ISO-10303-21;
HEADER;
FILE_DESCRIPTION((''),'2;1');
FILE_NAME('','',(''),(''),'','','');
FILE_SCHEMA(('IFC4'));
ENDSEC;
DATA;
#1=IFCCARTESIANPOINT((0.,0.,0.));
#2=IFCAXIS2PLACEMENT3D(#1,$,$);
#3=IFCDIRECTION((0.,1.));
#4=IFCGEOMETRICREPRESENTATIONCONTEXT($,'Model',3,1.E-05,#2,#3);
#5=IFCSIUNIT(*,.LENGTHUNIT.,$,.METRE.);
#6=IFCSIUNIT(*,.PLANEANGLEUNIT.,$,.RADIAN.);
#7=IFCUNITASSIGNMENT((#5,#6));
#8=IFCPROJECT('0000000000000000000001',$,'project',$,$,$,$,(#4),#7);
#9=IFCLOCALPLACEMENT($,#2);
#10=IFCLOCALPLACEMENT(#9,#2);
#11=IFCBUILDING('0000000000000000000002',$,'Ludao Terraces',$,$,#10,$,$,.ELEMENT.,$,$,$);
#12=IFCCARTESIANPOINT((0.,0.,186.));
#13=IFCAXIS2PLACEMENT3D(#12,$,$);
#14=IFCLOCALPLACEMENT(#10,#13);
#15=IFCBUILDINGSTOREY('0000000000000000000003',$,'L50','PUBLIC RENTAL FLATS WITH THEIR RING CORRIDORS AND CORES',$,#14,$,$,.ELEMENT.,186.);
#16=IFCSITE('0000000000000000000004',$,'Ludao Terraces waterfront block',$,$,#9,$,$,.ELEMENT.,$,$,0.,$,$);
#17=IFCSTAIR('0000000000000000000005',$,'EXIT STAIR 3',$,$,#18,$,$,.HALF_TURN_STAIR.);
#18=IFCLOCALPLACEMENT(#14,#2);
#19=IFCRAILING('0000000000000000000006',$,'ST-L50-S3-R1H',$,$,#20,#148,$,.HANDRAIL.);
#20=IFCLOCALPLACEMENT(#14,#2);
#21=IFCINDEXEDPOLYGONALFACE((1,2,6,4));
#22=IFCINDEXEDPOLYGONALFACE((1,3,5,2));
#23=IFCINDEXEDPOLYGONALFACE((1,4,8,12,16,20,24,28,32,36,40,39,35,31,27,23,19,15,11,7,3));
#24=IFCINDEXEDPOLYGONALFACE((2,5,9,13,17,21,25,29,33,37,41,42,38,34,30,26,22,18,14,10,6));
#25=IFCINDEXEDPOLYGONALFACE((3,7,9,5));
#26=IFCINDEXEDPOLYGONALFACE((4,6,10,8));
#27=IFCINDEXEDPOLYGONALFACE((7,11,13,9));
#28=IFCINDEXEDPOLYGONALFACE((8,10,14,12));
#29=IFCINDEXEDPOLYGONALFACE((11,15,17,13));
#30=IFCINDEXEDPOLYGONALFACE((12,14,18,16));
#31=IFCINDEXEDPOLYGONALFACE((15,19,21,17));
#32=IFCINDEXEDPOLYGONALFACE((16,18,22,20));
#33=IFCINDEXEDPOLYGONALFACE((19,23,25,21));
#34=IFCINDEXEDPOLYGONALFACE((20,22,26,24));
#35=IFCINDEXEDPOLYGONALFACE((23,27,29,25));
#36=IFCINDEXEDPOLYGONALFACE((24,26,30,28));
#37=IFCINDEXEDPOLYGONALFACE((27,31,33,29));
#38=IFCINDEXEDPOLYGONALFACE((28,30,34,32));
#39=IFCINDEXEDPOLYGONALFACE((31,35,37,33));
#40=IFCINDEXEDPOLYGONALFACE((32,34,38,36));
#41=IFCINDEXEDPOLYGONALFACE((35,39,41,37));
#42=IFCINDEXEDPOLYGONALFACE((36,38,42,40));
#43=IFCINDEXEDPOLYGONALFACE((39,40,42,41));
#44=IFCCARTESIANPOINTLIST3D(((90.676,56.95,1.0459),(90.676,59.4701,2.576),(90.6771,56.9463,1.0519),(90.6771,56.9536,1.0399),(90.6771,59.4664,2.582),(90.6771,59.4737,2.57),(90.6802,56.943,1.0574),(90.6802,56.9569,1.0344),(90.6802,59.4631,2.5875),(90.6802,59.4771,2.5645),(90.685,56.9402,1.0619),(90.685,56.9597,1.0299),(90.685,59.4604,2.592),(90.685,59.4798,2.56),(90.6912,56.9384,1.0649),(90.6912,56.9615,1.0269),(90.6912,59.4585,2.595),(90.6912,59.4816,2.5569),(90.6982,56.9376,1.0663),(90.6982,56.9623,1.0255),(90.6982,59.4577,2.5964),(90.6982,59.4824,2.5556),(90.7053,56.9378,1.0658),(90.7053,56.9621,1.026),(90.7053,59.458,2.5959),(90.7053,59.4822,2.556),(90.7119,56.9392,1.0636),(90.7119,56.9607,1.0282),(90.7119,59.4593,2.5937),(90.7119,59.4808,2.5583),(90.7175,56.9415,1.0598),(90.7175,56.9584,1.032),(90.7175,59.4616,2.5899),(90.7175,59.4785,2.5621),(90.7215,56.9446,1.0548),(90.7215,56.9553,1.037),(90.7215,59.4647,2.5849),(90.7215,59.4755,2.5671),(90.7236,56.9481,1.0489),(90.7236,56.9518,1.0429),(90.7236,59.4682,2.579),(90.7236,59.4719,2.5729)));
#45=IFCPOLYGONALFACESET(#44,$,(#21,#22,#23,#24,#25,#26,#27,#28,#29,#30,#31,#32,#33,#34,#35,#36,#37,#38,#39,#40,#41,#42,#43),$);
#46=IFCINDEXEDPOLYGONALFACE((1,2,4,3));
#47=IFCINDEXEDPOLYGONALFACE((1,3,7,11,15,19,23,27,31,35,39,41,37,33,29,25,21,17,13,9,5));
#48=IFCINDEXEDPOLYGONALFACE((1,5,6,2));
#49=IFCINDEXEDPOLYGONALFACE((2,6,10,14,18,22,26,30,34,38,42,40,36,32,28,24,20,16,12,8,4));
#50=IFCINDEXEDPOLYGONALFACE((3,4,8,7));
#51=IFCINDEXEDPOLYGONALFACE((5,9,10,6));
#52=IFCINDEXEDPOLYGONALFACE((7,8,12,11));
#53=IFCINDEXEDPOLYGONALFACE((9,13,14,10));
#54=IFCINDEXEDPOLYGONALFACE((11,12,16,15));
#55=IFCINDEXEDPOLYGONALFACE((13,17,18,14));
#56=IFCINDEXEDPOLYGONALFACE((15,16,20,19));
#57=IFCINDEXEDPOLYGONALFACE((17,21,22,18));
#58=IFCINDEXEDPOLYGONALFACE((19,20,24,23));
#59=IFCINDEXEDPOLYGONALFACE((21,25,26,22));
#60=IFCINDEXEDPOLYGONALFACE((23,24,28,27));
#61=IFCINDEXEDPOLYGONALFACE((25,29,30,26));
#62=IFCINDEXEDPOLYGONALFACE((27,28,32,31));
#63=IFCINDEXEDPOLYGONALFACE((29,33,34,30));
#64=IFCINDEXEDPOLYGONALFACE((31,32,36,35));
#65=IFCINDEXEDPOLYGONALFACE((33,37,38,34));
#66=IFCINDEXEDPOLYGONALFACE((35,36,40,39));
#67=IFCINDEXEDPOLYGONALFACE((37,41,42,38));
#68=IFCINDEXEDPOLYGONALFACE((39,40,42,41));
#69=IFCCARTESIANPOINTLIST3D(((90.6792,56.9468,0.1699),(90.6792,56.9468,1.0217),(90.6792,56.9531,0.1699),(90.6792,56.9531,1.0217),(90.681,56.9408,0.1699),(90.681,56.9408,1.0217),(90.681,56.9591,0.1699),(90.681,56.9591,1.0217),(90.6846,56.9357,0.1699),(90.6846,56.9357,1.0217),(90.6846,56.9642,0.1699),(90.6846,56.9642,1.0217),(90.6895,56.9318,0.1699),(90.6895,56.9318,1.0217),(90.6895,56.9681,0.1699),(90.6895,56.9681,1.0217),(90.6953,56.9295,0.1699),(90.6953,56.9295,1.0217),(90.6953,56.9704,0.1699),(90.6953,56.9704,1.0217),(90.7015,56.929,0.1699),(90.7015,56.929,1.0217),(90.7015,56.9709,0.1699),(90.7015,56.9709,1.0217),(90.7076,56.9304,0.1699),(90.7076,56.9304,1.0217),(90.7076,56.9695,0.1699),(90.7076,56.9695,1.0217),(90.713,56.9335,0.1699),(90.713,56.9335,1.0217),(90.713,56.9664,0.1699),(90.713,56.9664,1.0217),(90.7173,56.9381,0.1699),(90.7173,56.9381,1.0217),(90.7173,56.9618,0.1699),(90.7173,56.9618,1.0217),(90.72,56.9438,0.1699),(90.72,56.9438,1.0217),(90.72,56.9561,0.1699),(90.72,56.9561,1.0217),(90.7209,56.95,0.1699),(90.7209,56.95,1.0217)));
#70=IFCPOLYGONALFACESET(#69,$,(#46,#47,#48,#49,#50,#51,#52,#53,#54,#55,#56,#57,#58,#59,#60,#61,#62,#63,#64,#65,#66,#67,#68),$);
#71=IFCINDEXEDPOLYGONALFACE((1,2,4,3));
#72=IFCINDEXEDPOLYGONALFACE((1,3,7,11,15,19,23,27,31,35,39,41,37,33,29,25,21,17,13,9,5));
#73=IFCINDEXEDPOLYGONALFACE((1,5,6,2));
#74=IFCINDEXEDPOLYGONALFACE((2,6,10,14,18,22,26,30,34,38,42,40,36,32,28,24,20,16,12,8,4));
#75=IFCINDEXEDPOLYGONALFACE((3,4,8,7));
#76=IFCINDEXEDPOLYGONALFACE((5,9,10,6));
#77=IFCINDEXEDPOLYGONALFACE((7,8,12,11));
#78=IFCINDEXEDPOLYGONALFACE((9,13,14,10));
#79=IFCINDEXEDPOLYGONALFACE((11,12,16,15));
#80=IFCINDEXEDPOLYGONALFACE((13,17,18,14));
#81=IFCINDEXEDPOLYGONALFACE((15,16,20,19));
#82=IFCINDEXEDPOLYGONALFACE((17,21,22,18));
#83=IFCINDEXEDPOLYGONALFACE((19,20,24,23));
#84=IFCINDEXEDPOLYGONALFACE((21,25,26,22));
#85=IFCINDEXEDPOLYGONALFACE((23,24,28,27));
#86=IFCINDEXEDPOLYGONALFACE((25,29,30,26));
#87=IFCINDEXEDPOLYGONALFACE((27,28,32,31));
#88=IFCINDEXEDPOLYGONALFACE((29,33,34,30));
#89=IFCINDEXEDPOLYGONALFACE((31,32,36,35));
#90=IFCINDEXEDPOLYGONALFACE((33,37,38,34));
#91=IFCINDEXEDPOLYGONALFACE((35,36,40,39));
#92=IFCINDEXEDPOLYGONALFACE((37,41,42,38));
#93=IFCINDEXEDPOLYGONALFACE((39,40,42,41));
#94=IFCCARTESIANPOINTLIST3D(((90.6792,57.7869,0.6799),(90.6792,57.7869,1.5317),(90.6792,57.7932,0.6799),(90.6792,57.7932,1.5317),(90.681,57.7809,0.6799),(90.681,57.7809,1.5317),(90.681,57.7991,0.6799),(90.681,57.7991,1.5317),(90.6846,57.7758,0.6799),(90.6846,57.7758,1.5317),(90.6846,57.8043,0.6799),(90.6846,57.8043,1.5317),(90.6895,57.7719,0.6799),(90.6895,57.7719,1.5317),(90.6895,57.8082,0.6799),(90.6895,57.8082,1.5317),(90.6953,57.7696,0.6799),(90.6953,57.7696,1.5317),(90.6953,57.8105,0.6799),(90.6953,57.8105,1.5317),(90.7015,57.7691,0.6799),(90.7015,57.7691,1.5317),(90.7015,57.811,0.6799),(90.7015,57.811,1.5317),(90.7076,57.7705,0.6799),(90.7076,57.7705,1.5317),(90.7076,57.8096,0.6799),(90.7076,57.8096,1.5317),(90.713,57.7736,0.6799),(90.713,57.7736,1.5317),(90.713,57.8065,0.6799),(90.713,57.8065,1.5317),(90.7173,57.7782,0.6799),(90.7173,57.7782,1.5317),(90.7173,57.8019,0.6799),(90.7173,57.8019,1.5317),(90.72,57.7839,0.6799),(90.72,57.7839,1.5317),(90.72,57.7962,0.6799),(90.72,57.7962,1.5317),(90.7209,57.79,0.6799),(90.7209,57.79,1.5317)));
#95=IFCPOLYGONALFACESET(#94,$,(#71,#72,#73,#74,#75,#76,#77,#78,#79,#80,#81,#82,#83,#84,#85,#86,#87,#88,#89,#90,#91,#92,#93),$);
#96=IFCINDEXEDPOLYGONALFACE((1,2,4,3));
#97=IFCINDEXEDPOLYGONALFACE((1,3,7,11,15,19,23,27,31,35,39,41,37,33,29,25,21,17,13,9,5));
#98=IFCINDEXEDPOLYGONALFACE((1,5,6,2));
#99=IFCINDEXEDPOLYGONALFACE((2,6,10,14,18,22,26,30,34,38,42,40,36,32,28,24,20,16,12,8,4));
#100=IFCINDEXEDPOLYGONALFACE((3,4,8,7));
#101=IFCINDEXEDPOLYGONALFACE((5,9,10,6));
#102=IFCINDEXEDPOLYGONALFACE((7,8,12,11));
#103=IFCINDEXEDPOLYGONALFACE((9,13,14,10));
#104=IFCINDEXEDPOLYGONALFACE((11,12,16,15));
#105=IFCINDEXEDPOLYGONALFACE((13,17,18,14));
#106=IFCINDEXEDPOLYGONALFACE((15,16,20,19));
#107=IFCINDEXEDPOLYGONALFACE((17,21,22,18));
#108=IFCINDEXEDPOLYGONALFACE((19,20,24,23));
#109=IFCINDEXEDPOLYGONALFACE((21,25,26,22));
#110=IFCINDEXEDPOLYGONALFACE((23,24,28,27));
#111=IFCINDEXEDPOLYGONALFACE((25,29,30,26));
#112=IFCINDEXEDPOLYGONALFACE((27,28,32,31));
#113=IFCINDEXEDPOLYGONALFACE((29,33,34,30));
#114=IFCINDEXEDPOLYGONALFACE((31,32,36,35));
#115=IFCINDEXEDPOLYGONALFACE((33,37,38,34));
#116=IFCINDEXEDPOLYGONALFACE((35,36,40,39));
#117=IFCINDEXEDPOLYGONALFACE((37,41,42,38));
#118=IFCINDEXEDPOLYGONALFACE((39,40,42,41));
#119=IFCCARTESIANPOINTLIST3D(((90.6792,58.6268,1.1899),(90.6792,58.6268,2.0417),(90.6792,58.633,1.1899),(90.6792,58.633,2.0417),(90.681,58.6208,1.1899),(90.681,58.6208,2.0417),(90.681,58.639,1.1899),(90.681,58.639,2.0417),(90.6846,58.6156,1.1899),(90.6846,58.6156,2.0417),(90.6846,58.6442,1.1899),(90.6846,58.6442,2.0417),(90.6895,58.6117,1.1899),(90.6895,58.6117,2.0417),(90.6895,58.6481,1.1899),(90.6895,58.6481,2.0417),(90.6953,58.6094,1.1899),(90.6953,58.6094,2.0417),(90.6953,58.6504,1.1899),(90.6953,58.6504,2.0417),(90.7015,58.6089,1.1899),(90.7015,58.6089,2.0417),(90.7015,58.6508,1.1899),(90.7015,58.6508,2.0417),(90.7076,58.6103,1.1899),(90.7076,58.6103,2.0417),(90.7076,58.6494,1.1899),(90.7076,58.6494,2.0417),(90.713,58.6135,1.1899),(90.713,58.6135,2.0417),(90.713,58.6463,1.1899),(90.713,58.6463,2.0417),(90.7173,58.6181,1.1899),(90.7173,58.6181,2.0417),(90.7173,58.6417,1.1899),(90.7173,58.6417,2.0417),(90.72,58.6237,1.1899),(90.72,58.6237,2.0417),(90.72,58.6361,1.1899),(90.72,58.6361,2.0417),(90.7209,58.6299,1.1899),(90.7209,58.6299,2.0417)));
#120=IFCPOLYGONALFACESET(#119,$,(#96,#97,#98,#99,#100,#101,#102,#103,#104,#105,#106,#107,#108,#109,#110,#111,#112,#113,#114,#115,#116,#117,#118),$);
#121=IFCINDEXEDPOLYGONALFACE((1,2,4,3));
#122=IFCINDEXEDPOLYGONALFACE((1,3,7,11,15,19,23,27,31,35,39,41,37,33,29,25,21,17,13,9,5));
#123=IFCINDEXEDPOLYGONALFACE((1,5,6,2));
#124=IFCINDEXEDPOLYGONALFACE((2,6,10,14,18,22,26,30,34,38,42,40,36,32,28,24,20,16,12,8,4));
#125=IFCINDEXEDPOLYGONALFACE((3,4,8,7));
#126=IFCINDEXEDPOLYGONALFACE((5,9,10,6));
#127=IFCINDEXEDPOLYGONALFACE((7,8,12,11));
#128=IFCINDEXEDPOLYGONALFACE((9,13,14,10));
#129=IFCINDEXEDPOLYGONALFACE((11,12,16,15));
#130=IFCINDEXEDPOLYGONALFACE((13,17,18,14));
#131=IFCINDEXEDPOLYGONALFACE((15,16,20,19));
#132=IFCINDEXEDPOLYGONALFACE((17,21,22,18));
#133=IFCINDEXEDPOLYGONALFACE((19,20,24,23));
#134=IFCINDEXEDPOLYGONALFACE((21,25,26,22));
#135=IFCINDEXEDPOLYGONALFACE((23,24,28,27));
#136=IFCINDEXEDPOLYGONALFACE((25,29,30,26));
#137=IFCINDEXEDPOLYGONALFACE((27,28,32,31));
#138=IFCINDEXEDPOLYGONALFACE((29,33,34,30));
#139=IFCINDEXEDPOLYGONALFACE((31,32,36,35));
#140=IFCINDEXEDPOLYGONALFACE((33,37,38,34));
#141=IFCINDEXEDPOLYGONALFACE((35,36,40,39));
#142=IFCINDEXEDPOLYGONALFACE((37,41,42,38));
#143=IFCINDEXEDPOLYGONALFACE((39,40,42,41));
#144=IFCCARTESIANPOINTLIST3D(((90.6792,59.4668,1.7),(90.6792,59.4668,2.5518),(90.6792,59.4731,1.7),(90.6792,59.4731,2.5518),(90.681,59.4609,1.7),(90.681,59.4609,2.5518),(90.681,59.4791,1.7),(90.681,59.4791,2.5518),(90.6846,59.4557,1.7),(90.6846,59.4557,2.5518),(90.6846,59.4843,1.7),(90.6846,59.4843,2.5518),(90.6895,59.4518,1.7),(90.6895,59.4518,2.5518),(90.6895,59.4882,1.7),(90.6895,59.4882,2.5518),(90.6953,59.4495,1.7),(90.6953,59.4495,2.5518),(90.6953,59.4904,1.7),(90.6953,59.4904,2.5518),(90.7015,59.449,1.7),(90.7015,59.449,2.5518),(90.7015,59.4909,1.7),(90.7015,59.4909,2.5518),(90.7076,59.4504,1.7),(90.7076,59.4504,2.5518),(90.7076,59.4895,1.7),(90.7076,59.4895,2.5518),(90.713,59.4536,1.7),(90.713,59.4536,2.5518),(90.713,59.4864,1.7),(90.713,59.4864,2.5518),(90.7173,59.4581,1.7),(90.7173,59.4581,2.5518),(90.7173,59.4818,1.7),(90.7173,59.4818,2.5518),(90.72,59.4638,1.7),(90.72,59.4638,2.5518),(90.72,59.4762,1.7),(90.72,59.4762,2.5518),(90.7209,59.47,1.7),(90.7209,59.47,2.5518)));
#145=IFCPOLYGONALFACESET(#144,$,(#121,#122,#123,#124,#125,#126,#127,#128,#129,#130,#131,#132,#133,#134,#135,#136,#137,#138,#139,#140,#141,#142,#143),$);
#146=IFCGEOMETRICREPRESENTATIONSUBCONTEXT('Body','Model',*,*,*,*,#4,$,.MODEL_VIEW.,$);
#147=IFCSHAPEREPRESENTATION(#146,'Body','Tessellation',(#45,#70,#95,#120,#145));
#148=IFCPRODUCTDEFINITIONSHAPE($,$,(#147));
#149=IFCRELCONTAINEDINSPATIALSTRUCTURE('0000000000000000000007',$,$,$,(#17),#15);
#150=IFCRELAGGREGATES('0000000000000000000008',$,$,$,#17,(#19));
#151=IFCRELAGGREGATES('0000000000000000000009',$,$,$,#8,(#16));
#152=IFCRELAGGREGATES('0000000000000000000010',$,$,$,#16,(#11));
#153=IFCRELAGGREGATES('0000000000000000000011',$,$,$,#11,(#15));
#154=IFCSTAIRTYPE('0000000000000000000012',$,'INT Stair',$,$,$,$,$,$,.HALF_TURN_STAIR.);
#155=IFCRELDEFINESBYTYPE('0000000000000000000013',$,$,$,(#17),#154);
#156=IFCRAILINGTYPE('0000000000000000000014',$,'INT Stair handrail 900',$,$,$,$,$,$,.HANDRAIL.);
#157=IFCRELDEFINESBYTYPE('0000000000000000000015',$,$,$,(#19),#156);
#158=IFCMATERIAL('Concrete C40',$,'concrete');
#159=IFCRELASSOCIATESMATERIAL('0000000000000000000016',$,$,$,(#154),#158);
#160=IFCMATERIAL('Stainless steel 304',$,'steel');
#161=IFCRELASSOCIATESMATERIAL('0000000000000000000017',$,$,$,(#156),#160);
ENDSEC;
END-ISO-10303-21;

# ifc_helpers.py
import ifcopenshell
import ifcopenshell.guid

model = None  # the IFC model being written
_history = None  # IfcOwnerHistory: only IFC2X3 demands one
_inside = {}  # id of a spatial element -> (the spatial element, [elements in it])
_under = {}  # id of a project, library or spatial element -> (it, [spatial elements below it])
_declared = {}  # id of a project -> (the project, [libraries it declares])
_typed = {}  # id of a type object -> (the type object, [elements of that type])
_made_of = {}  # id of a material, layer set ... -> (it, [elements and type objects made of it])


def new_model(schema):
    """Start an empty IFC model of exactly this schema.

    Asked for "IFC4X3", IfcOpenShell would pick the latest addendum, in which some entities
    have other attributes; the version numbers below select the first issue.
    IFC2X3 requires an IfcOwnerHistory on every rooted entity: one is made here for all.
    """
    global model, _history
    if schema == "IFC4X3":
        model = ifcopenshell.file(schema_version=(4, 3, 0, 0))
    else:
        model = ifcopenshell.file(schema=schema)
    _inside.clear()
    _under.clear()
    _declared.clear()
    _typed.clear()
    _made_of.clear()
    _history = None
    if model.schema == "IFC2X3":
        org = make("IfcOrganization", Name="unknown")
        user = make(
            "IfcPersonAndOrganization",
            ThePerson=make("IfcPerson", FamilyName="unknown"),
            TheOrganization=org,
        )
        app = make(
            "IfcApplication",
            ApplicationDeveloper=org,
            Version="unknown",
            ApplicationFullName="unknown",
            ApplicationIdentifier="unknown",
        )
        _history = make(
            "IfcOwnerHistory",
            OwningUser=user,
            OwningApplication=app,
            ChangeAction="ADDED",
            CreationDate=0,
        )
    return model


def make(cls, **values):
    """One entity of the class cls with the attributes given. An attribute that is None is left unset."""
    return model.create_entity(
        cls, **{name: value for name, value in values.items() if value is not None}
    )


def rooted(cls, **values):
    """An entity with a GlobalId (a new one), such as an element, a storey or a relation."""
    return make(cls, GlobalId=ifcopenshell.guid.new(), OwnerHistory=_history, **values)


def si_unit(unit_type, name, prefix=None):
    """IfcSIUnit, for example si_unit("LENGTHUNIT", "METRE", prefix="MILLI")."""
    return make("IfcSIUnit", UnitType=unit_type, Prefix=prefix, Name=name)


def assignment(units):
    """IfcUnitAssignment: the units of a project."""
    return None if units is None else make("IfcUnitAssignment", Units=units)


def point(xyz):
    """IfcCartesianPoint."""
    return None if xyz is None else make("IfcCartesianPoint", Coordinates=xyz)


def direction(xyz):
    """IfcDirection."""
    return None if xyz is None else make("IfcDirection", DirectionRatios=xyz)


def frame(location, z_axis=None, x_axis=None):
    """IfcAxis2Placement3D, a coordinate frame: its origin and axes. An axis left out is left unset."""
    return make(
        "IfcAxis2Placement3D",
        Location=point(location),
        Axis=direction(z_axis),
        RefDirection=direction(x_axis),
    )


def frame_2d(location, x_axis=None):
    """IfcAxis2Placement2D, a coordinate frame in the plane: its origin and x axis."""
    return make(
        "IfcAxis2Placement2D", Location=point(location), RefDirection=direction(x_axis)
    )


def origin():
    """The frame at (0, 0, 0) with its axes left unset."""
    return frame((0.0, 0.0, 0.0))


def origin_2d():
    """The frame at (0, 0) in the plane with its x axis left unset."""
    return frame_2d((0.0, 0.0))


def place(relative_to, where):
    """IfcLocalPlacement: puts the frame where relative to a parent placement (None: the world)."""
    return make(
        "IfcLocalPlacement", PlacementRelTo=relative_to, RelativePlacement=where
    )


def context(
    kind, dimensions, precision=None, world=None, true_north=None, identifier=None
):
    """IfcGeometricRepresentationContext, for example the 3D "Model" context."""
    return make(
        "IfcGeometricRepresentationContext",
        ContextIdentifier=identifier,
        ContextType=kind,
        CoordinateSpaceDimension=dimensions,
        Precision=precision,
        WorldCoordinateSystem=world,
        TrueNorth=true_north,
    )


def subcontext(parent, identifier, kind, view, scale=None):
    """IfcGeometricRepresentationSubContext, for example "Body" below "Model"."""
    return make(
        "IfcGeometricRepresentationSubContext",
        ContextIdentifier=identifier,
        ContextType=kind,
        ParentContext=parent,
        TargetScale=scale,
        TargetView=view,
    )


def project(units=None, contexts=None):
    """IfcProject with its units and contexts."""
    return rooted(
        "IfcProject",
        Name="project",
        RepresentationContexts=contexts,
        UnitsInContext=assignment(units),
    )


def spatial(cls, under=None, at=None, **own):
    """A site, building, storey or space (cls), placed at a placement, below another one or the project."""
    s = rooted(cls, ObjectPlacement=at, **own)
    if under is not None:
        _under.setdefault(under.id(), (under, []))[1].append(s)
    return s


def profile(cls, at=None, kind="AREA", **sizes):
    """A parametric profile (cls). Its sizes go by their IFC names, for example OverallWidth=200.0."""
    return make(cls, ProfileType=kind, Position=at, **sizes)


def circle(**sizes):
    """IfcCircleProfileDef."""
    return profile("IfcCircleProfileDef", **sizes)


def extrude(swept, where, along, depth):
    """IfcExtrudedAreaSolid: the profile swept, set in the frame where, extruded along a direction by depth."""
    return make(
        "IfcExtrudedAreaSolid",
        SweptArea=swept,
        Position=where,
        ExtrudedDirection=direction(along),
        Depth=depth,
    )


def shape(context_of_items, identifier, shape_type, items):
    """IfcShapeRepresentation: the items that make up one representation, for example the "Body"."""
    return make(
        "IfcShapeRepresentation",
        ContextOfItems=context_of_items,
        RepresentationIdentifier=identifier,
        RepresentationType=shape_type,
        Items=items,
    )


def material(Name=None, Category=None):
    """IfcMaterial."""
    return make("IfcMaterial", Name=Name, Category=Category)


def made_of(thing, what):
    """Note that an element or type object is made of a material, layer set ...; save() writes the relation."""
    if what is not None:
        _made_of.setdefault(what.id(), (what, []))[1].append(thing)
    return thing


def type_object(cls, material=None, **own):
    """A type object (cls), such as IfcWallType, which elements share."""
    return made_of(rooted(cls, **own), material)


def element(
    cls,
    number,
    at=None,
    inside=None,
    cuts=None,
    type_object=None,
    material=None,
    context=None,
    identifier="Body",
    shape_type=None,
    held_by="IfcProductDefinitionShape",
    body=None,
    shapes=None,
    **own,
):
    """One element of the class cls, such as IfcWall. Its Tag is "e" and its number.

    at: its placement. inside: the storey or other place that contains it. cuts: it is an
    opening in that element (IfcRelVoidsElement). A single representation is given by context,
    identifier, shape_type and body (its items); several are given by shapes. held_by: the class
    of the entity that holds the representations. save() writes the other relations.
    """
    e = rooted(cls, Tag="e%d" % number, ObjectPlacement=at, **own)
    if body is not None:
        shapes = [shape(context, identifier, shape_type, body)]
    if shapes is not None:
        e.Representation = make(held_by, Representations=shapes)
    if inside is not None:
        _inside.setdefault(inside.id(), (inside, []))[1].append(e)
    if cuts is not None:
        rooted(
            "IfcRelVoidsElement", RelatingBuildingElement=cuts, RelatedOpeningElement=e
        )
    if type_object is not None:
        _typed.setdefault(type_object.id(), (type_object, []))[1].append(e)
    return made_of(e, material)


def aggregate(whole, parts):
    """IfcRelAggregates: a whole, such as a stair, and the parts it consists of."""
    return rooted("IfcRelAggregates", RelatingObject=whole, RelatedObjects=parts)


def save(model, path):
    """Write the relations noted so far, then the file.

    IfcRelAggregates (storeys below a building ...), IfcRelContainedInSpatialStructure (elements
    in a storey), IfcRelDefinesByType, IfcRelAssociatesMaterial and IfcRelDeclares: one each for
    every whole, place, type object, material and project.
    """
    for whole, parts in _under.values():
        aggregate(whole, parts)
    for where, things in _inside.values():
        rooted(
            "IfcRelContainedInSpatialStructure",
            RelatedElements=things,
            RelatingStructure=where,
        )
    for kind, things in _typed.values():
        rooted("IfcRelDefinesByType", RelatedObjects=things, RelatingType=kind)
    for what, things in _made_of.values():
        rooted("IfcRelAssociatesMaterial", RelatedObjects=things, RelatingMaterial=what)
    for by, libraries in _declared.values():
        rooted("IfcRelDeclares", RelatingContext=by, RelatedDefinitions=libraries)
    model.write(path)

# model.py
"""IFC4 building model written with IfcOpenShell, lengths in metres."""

from ifc_helpers import new_model, si_unit, direction, frame, origin, origin_2d, place, context, subcontext, project, spatial, circle, extrude, material, type_object, element, aggregate, save


model = new_model("IFC4")

# Units and contexts
model_context = context("Model", 3, precision=1e-05, world=origin(), true_north=direction((0.0, 1.0)))
body_context = subcontext(model_context, "Body", "Model", "MODEL_VIEW")
ifc_project = project(units=[si_unit("LENGTHUNIT", "METRE"), si_unit("PLANEANGLEUNIT", "RADIAN")], contexts=[model_context])

# Site, building, storey
site_placement = place(None, origin())
site = spatial("IfcSite", under=ifc_project, at=site_placement, Name="Ludao Terraces waterfront block", CompositionType="ELEMENT", RefElevation=0.0)
building_placement = place(site_placement, origin())
building = spatial("IfcBuilding", under=site, at=building_placement, Name="Ludao Terraces", CompositionType="ELEMENT")
storey_placement = place(building_placement, frame((0.0, 0.0, 186.0)))
storey = spatial("IfcBuildingStorey", under=building, at=storey_placement, Name="L50", Description="PUBLIC RENTAL FLATS WITH THEIR RING CORRIDORS AND CORES", CompositionType="ELEMENT", Elevation=186.0)

# Shared definitions
ifc_material_1 = material(Name="Concrete C40", Category="concrete")

# Stair, railing
stair_type = type_object("IfcStairType", Name="INT Stair", PredefinedType="HALF_TURN_STAIR", material=ifc_material_1)
stair_placement = place(storey_placement, origin())
stair = element("IfcStair", 1, at=stair_placement, inside=storey, type_object=stair_type, Name="EXIT STAIR 3", PredefinedType="HALF_TURN_STAIR")
ifc_material_2 = material(Name="Stainless steel 304", Category="steel")
railing_type_1 = type_object("IfcRailingType", Name="INT Stair handrail 900", PredefinedType="HANDRAIL", material=ifc_material_2)
railing_1_placement = place(storey_placement, frame((90.7, 56.95, 0.1699)))
railing_1 = element("IfcRailing", 2, at=railing_1_placement, type_object=railing_type_1, Name="ST-L50-S3-R1H", PredefinedType="HANDRAIL", context=body_context, shape_type="SweptSolid", body=[
    extrude(circle(Radius=0.0239, at=origin_2d()), frame((0.0, 0.0, 0.876), z_axis=(0.0, 0.854785, 0.518982), x_axis=(-1.0, 0.0, 0.0)), (0.0, 0.0, 1.0), 2.9482),
    extrude(circle(Radius=0.021, at=origin_2d()), origin(), (0.0, 0.0, 1.0), 0.8518),
    extrude(circle(Radius=0.021, at=origin_2d()), frame((0.0, 0.8401, 0.51)), (0.0, 0.0, 1.0), 0.8518),
    extrude(circle(Radius=0.021, at=origin_2d()), frame((0.0, 1.6799, 1.02)), (0.0, 0.0, 1.0), 0.8518),
    extrude(circle(Radius=0.021, at=origin_2d()), frame((0.0, 2.52, 1.53)), (0.0, 0.0, 1.0), 0.8518),
])
aggregate(stair, [railing_1])

save(model, "model.ifc")
